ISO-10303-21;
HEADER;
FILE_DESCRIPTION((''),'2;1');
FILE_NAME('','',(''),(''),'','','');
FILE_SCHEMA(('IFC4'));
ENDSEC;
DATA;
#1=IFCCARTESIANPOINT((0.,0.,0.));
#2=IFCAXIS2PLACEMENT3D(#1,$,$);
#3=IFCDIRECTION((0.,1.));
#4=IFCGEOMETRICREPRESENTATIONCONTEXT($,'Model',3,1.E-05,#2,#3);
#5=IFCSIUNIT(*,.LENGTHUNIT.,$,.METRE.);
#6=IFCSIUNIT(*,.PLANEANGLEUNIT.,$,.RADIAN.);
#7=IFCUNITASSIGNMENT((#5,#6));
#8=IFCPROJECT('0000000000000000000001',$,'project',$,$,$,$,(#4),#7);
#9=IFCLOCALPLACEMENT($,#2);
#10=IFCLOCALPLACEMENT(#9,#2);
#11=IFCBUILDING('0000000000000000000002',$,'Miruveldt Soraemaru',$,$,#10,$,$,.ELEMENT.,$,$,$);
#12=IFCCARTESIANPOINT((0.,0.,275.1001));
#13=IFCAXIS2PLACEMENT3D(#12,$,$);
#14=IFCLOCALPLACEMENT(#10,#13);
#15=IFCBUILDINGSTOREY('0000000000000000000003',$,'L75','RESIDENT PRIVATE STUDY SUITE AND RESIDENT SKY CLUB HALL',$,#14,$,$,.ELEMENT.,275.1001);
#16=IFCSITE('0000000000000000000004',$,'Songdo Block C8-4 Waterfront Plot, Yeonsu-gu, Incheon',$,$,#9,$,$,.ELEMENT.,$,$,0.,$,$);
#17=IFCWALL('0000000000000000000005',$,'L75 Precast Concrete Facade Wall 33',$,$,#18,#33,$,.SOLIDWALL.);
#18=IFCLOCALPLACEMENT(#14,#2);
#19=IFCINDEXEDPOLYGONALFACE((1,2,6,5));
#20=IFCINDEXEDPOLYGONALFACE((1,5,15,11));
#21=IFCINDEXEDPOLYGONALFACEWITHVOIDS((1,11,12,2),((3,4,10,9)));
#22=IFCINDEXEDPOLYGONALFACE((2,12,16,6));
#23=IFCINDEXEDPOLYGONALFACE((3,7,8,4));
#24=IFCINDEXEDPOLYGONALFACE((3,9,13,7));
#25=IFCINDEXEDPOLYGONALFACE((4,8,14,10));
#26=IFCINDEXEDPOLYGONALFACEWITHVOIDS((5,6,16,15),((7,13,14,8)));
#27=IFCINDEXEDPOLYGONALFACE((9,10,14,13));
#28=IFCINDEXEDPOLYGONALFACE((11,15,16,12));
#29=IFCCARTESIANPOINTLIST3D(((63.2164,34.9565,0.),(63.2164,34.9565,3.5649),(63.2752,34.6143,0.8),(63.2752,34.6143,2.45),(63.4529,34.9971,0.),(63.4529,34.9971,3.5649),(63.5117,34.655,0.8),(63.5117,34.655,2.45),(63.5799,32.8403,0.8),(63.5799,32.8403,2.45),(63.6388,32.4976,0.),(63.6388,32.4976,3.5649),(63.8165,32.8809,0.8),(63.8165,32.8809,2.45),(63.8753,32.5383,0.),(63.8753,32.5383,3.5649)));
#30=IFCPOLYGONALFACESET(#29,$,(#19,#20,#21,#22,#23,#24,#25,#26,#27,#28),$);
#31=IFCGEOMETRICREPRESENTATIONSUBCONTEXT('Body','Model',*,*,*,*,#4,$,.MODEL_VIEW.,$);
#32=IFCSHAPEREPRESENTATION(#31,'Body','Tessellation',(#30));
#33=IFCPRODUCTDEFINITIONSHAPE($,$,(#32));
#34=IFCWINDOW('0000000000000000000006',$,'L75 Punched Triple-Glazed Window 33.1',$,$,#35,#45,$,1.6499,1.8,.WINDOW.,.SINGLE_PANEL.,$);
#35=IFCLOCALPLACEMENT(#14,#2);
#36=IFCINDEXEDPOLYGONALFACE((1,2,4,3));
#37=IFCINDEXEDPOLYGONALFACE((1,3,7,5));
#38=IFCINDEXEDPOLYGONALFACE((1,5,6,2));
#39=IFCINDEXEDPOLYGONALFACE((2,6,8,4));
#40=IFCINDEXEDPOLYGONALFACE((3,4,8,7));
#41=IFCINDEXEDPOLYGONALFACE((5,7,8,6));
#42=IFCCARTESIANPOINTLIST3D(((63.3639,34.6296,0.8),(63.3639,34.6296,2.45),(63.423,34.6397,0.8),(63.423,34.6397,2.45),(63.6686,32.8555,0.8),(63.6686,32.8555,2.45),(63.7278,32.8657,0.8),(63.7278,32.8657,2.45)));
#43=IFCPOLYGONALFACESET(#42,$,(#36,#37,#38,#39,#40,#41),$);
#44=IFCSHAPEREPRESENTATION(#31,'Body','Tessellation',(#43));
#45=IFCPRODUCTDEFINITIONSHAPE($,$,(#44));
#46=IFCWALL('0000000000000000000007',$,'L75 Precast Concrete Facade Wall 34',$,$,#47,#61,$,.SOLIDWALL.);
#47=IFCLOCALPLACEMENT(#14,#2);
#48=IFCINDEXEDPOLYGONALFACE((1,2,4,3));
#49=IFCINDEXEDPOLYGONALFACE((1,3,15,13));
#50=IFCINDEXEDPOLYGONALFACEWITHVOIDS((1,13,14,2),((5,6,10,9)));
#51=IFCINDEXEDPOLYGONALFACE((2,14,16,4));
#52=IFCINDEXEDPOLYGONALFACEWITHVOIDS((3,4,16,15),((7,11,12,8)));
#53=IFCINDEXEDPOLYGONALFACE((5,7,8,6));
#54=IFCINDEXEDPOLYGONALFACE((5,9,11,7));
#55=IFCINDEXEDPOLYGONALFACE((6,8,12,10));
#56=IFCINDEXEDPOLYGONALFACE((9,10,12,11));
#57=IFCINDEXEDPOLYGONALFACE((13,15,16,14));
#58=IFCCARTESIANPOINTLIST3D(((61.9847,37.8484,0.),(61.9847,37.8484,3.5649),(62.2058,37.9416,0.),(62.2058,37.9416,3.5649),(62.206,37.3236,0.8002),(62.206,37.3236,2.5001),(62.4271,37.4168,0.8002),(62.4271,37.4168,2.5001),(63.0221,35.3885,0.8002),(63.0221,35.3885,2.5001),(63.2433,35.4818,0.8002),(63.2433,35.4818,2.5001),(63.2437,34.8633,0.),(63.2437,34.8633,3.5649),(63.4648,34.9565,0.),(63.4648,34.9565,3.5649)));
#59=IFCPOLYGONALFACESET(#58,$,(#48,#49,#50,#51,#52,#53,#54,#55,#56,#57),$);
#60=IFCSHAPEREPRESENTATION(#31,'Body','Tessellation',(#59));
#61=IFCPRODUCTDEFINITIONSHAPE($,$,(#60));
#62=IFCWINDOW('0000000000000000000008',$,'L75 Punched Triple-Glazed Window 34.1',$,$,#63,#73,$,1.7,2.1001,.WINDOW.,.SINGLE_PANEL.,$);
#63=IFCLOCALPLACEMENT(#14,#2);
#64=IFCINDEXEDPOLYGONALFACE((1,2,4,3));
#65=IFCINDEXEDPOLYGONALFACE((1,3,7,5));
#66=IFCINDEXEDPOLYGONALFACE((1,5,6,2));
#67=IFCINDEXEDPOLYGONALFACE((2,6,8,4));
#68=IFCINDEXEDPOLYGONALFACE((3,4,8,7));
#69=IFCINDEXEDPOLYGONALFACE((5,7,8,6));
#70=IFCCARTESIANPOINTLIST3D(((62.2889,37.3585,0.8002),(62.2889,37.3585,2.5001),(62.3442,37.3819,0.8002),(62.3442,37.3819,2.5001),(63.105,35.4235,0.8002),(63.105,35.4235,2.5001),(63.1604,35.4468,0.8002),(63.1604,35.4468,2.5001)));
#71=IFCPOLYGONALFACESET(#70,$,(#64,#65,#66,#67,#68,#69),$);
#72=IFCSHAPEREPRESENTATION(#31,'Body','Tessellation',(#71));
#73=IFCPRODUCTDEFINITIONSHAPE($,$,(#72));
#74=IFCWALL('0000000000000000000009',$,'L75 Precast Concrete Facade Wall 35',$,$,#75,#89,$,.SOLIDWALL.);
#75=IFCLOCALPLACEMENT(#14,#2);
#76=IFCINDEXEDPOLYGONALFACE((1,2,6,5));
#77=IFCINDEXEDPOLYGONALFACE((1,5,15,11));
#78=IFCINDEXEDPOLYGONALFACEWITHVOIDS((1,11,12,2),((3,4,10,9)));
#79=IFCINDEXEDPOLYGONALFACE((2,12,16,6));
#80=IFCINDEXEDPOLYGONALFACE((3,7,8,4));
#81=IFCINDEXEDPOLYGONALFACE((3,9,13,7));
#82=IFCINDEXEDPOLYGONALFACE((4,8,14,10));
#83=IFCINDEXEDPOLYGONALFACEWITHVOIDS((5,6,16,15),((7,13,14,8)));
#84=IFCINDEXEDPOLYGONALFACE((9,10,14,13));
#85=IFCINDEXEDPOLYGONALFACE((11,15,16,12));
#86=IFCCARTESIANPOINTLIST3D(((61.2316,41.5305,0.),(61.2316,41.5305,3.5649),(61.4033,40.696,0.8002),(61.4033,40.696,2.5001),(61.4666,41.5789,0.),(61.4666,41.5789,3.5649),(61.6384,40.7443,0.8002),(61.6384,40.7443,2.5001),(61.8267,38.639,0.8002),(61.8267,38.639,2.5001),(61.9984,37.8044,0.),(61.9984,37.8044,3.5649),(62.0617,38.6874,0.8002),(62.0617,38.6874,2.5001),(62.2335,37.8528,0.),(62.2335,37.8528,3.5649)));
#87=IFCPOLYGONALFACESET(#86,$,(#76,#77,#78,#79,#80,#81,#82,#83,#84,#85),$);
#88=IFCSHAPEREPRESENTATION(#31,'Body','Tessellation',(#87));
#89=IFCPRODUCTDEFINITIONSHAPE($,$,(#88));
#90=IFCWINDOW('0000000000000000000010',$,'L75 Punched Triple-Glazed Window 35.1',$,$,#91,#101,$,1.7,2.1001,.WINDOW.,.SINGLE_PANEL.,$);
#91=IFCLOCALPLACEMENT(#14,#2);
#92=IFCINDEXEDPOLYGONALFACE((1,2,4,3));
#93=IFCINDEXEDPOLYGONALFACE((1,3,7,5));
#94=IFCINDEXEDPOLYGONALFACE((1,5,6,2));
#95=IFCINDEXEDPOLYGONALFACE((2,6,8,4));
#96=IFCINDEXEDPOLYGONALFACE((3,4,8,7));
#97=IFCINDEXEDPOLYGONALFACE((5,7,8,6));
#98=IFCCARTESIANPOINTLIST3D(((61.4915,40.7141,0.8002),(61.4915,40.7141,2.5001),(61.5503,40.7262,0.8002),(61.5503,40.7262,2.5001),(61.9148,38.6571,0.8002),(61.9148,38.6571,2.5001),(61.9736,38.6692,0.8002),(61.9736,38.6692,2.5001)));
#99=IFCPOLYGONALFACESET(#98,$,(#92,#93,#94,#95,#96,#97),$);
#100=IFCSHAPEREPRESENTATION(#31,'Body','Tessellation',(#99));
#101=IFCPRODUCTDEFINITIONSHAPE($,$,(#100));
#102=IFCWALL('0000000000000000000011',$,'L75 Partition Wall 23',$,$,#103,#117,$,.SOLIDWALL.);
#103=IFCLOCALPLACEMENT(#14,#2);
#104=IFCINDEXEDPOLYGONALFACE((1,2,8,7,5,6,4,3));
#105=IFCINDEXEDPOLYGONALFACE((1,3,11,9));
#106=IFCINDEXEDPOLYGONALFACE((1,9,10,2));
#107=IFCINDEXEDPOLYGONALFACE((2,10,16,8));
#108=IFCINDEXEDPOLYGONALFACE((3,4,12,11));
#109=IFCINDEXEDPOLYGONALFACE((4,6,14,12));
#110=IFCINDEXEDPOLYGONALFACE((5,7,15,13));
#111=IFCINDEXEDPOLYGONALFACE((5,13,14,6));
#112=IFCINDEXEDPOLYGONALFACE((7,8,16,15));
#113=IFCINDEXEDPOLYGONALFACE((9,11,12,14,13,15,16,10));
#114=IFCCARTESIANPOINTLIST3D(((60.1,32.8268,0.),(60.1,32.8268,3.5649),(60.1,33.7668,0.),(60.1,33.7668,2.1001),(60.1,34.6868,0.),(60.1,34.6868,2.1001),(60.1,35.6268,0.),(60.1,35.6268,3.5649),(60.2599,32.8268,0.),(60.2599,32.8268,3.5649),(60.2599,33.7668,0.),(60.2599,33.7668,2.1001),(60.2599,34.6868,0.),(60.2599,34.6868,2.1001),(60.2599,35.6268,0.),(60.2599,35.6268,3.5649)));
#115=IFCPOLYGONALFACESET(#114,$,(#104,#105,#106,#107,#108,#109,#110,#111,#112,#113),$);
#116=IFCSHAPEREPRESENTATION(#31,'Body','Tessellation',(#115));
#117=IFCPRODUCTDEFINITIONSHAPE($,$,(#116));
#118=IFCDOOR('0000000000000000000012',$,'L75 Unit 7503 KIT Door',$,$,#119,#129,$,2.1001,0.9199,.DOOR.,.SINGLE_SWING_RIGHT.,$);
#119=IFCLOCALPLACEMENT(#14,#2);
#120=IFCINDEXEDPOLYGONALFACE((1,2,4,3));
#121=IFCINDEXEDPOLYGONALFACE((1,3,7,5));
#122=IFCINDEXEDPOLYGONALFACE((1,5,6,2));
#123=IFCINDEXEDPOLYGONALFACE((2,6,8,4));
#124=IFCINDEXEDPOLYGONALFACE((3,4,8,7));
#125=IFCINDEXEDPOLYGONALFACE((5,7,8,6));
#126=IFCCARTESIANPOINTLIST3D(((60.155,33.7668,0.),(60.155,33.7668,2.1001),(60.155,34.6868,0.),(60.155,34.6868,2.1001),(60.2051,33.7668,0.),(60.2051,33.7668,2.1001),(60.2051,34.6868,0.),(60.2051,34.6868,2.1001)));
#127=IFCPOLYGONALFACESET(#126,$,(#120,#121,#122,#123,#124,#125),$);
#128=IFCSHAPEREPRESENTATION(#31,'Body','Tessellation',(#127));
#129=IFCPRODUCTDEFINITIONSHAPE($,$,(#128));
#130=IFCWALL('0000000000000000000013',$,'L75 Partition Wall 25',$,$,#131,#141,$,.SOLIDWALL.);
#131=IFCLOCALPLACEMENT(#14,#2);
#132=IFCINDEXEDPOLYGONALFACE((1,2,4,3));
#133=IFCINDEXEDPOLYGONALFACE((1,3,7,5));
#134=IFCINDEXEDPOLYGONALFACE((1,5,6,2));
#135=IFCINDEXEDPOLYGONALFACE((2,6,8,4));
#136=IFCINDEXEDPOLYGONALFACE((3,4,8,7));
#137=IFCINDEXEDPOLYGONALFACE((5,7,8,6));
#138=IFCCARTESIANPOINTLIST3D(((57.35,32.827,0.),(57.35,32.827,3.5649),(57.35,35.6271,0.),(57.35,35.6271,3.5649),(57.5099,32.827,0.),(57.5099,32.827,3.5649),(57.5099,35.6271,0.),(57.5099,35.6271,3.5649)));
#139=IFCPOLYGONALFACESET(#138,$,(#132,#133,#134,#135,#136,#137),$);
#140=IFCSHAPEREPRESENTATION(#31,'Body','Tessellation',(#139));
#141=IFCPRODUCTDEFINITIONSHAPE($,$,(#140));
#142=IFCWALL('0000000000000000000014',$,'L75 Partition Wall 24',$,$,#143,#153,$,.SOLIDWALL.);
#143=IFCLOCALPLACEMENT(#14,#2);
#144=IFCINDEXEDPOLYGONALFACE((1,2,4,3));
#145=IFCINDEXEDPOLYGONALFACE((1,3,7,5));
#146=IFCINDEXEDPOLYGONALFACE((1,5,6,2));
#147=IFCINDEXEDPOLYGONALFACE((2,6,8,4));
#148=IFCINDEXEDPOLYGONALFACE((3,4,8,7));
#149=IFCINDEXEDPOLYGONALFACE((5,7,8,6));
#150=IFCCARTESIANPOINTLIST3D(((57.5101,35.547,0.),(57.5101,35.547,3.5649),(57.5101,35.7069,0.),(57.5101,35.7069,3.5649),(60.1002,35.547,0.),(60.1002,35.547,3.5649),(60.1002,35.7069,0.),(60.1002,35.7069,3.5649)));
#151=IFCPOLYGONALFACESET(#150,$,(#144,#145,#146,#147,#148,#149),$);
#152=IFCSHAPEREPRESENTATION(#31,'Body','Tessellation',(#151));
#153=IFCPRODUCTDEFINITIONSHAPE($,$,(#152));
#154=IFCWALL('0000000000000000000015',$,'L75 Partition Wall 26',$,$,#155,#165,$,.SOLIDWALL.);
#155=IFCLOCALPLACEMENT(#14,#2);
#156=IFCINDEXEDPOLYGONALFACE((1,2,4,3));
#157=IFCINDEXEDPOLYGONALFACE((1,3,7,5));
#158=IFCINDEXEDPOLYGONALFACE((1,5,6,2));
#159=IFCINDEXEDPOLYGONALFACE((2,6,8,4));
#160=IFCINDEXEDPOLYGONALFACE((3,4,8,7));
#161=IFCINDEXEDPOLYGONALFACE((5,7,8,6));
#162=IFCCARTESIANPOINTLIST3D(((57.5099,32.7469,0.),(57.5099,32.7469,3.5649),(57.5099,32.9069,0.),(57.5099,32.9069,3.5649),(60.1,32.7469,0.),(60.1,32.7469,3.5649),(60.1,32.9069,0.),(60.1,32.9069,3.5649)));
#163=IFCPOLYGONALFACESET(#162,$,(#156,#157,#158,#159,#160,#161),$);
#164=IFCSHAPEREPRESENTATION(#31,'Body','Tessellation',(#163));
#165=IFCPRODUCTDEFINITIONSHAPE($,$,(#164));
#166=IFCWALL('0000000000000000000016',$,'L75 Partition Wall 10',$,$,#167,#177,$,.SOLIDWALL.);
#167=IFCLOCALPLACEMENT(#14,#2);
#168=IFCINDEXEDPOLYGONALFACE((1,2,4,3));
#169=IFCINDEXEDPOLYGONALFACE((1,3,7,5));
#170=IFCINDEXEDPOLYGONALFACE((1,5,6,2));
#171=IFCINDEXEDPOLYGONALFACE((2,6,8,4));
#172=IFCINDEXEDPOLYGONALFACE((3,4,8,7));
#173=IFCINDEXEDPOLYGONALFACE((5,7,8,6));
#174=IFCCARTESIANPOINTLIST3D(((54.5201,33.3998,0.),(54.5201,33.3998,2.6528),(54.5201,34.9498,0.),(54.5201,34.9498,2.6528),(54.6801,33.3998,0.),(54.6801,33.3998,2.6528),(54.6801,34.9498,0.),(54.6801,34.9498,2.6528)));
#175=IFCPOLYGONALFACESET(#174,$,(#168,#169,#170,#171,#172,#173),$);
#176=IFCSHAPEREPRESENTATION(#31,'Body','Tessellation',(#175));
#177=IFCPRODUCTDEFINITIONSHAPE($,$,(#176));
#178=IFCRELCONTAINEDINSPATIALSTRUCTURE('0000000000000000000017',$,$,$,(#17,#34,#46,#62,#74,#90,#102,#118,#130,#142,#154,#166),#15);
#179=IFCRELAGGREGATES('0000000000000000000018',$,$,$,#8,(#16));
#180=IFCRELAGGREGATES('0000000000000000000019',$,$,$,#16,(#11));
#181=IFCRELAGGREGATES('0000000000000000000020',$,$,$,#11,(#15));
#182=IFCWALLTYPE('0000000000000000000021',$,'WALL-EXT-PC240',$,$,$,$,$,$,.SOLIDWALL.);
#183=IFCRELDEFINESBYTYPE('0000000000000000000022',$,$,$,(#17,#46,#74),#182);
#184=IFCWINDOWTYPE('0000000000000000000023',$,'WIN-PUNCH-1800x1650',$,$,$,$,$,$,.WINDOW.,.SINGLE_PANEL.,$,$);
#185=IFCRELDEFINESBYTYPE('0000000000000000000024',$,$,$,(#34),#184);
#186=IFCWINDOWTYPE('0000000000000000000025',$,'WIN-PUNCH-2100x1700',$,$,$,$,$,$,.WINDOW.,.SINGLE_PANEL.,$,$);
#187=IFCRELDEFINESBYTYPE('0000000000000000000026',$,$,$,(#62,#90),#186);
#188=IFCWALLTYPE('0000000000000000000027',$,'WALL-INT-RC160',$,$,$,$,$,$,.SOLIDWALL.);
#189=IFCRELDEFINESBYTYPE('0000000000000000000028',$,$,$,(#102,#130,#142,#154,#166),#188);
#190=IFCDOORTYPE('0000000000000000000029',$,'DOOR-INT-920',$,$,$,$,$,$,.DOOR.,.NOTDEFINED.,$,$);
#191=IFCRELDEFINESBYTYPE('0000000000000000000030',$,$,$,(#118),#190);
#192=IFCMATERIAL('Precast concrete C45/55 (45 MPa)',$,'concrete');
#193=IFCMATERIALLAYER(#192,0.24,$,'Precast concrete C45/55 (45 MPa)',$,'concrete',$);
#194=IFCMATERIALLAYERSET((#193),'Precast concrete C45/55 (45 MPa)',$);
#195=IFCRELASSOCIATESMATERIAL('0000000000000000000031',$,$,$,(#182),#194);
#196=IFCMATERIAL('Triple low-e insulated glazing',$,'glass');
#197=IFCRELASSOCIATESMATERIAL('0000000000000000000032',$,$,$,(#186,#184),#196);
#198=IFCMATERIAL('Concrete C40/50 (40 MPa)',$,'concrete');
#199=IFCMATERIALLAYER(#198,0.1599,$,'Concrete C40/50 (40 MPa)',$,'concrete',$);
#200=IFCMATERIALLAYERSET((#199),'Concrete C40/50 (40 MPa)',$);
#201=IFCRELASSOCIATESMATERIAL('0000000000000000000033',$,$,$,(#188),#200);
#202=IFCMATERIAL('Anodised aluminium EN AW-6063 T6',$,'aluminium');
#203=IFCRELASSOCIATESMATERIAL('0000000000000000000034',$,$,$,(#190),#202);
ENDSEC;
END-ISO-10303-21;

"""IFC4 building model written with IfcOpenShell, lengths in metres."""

from ifc_helpers import new_model, si_unit, direction, frame, frame_2d, origin, place, context, subcontext, project, spatial, rectangle, extrude, material, layer, layer_set, type_object, element, fill, save


model = new_model("IFC4")

# Units and contexts
model_context = context("Model", 3, precision=1e-05, world=origin(), true_north=direction((0.0, 1.0)))
body_context = subcontext(model_context, "Body", "Model", "MODEL_VIEW")
ifc_project = project(units=[si_unit("LENGTHUNIT", "METRE"), si_unit("PLANEANGLEUNIT", "RADIAN")], contexts=[model_context])

# Site, building, storey
site_placement = place(None, origin())
site = spatial("IfcSite", under=ifc_project, at=site_placement, Name="Songdo Block C8-4 Waterfront Plot, Yeonsu-gu, Incheon", CompositionType="ELEMENT", RefElevation=0.0)
building_placement = place(site_placement, origin())
building = spatial("IfcBuilding", under=site, at=building_placement, Name="Miruveldt Soraemaru", CompositionType="ELEMENT")
storey_placement = place(building_placement, frame((0.0, 0.0, 275.1001)))
storey = spatial("IfcBuildingStorey", under=building, at=storey_placement, Name="L75", Description="RESIDENT PRIVATE STUDY SUITE AND RESIDENT SKY CLUB HALL", CompositionType="ELEMENT", Elevation=275.1001)

# Shared definitions
ifc_material_1 = material(Name="Anodised aluminium EN AW-6063 T6", Category="aluminium")

# Walls, openings, windows
ifc_material_2 = material(Name="Precast concrete C45/55 (45 MPa)", Category="concrete")
ifc_layer_1 = layer(ifc_material_2, 0.24, Name="Precast concrete C45/55 (45 MPa)", Category="concrete")
ifc_layer_set_1 = layer_set([ifc_layer_1], Name="Precast concrete C45/55 (45 MPa)")
wall_type_1 = type_object("IfcWallType", Name="WALL-EXT-PC240", PredefinedType="SOLIDWALL", material=ifc_layer_set_1)
ifc_material_3 = material(Name="Triple low-e insulated glazing", Category="glass")
window_type_1 = type_object("IfcWindowType", Name="WIN-PUNCH-2100x1700", PartitioningType="SINGLE_PANEL", PredefinedType="WINDOW", material=ifc_material_3)
window_type_2 = type_object("IfcWindowType", Name="WIN-PUNCH-1800x1650", PartitioningType="SINGLE_PANEL", PredefinedType="WINDOW", material=ifc_material_3)
wall_1_placement = place(storey_placement, frame((63.7571, 32.5178, 0.0), z_axis=(0.0, 0.0, 1.0), x_axis=(-0.169301, 0.985564, 0.0)))
wall_1 = element("IfcWall", 1, at=wall_1_placement, inside=storey, type_object=wall_type_1, Name="L75 Precast Concrete Facade Wall 33", PredefinedType="SOLIDWALL", context=body_context, shape_type="SweptSolid", body=[
    extrude(rectangle(XDim=2.4949, YDim=0.24, at=frame_2d((1.2476, 0.0))), origin(), (0.0, 0.0, 1.0), 3.5649),
])
opening_1_placement = place(wall_1_placement, frame((0.3479, 0.0, 0.8)))
opening_1 = element("IfcOpeningElement", 2, at=opening_1_placement, cuts=wall_1, PredefinedType="OPENING", context=body_context, shape_type="SweptSolid", body=[
    extrude(rectangle(XDim=1.8, YDim=1.6499, at=frame_2d((0.8999, 0.825))), frame((0.0, 0.1299, 0.0), z_axis=(0.0, -1.0, 0.0), x_axis=(1.0, 0.0, 0.0)), (0.0, 0.0, 1.0), 0.26),
])
window_1_placement = place(opening_1_placement, origin())
window_1 = element("IfcWindow", 3, at=window_1_placement, inside=storey, type_object=window_type_2, Name="L75 Punched Triple-Glazed Window 33.1", OverallHeight=1.6499, OverallWidth=1.8, PartitioningType="SINGLE_PANEL", PredefinedType="WINDOW", context=body_context, shape_type="SweptSolid", body=[
    extrude(rectangle(XDim=1.8, YDim=1.6499, at=frame_2d((0.8999, 0.825))), frame((0.0, 0.03, 0.0), z_axis=(0.0, -1.0, 0.0), x_axis=(1.0, 0.0, 0.0)), (0.0, 0.0, 1.0), 0.0601),
])
fill(opening_1, window_1)
wall_2_placement = place(storey_placement, frame((63.3542, 34.9099, 0.0), z_axis=(0.0, 0.0, 1.0), x_axis=(-0.38862, 0.921398, 0.0)))
wall_2 = element("IfcWall", 4, at=wall_2_placement, inside=storey, type_object=wall_type_1, Name="L75 Precast Concrete Facade Wall 34", PredefinedType="SOLIDWALL", context=body_context, shape_type="SweptSolid", body=[
    extrude(rectangle(XDim=3.2397, YDim=0.24, at=frame_2d((1.6199, 0.0))), origin(), (0.0, 0.0, 1.0), 3.5649),
])
opening_2_placement = place(wall_2_placement, frame((0.5701, 0.0, 0.8)))
opening_2 = element("IfcOpeningElement", 5, at=opening_2_placement, cuts=wall_2, PredefinedType="OPENING", context=body_context, shape_type="SweptSolid", body=[
    extrude(rectangle(XDim=2.1001, YDim=1.7, at=frame_2d((1.05, 0.8501))), frame((0.0, 0.1299, 0.0), z_axis=(0.0, -1.0, 0.0), x_axis=(1.0, 0.0, 0.0)), (0.0, 0.0, 1.0), 0.26),
])
window_2_placement = place(opening_2_placement, origin())
window_2 = element("IfcWindow", 6, at=window_2_placement, inside=storey, type_object=window_type_1, Name="L75 Punched Triple-Glazed Window 34.1", OverallHeight=1.7, OverallWidth=2.1001, PartitioningType="SINGLE_PANEL", PredefinedType="WINDOW", context=body_context, shape_type="SweptSolid", body=[
    extrude(rectangle(XDim=2.1001, YDim=1.7, at=frame_2d((1.05, 0.8501))), frame((0.0, 0.03, 0.0), z_axis=(0.0, -1.0, 0.0), x_axis=(1.0, 0.0, 0.0)), (0.0, 0.0, 1.0), 0.0601),
])
fill(opening_2, window_2)
wall_3_placement = place(storey_placement, frame((62.116, 37.8286, 0.0), z_axis=(0.0, 0.0, 1.0), x_axis=(-0.20158, 0.979472, 0.0)))
wall_3 = element("IfcWall", 7, at=wall_3_placement, inside=storey, type_object=wall_type_1, Name="L75 Precast Concrete Facade Wall 35", PredefinedType="SOLIDWALL", context=body_context, shape_type="SweptSolid", body=[
    extrude(rectangle(XDim=3.8042, YDim=0.24, at=frame_2d((1.9021, 0.0))), origin(), (0.0, 0.0, 1.0), 3.5649),
])
opening_3_placement = place(wall_3_placement, frame((0.8521, 0.0, 0.8)))
opening_3 = element("IfcOpeningElement", 8, at=opening_3_placement, cuts=wall_3, PredefinedType="OPENING", context=body_context, shape_type="SweptSolid", body=[
    extrude(rectangle(XDim=2.1001, YDim=1.7, at=frame_2d((1.05, 0.8501))), frame((0.0, 0.1299, 0.0), z_axis=(0.0, -1.0, 0.0), x_axis=(1.0, 0.0, 0.0)), (0.0, 0.0, 1.0), 0.26),
])
window_3_placement = place(opening_3_placement, origin())
window_3 = element("IfcWindow", 9, at=window_3_placement, inside=storey, type_object=window_type_1, Name="L75 Punched Triple-Glazed Window 35.1", OverallHeight=1.7, OverallWidth=2.1001, PartitioningType="SINGLE_PANEL", PredefinedType="WINDOW", context=body_context, shape_type="SweptSolid", body=[
    extrude(rectangle(XDim=2.1001, YDim=1.7, at=frame_2d((1.05, 0.8501))), frame((0.0, 0.03, 0.0), z_axis=(0.0, -1.0, 0.0), x_axis=(1.0, 0.0, 0.0)), (0.0, 0.0, 1.0), 0.0601),
])
fill(opening_3, window_3)

# Wall, opening, door
ifc_material_4 = material(Name="Concrete C40/50 (40 MPa)", Category="concrete")
ifc_layer_2 = layer(ifc_material_4, 0.1599, Name="Concrete C40/50 (40 MPa)", Category="concrete")
ifc_layer_set_2 = layer_set([ifc_layer_2], Name="Concrete C40/50 (40 MPa)")
wall_type_2 = type_object("IfcWallType", Name="WALL-INT-RC160", PredefinedType="SOLIDWALL", material=ifc_layer_set_2)
wall_4_placement = place(storey_placement, frame((60.1799, 32.8269, 0.0), z_axis=(0.0, 0.0, 1.0), x_axis=(0.0, 1.0, 0.0)))
wall_4 = element("IfcWall", 10, at=wall_4_placement, inside=storey, type_object=wall_type_2, Name="L75 Partition Wall 23", PredefinedType="SOLIDWALL", context=body_context, shape_type="SweptSolid", body=[
    extrude(rectangle(XDim=2.8, YDim=0.1599, at=frame_2d((1.3999, 0.0))), origin(), (0.0, 0.0, 1.0), 3.5649),
])
opening_4_placement = place(wall_4_placement, frame((0.9399, 0.0, 0.0)))
opening_4 = element("IfcOpeningElement", 11, at=opening_4_placement, cuts=wall_4, PredefinedType="OPENING", context=body_context, shape_type="SweptSolid", body=[
    extrude(rectangle(XDim=0.9199, YDim=2.1001, at=frame_2d((0.46, 1.05))), frame((0.0, 0.0898, 0.0), z_axis=(0.0, -1.0, 0.0), x_axis=(1.0, 0.0, 0.0)), (0.0, 0.0, 1.0), 0.1799),
])
door_type = type_object("IfcDoorType", Name="DOOR-INT-920", OperationType="NOTDEFINED", PredefinedType="DOOR", material=ifc_material_1)
door_placement = place(opening_4_placement, origin())
door = element("IfcDoor", 12, at=door_placement, inside=storey, type_object=door_type, Name="L75 Unit 7503 KIT Door", OperationType="SINGLE_SWING_RIGHT", OverallHeight=2.1001, OverallWidth=0.9199, PredefinedType="DOOR", context=body_context, shape_type="SweptSolid", body=[
    extrude(rectangle(XDim=0.9199, YDim=2.1001, at=frame_2d((0.46, 1.05))), frame((0.0, 0.0249, 0.0), z_axis=(0.0, -1.0, 0.0), x_axis=(1.0, 0.0, 0.0)), (0.0, 0.0, 1.0), 0.05),
])
fill(opening_4, door)

# Walls
wall_5_placement = place(storey_placement, frame((57.4299, 35.627, 0.0), z_axis=(0.0, 0.0, 1.0), x_axis=(0.0, -1.0, 0.0)))
element("IfcWall", 13, at=wall_5_placement, inside=storey, type_object=wall_type_2, Name="L75 Partition Wall 25", PredefinedType="SOLIDWALL", context=body_context, shape_type="SweptSolid", body=[
    extrude(rectangle(XDim=2.8, YDim=0.1599, at=frame_2d((1.3999, 0.0))), origin(), (0.0, 0.0, 1.0), 3.5649),
])
for number, where, z_axis, x_axis, name in (
    (14, (60.1001, 35.627, 0.0), (0.0, 0.0, 1.0), (-1.0, 0.0, 0.0), "L75 Partition Wall 24"),
    (15, (57.51, 32.8269, 0.0), (0.0, 0.0, 1.0), (1.0, 0.0, 0.0), "L75 Partition Wall 26"),
):
    element("IfcWall", number, at=place(storey_placement, frame(where, z_axis=z_axis, x_axis=x_axis)), inside=storey, type_object=wall_type_2, Name=name, PredefinedType="SOLIDWALL", context=body_context, shape_type="SweptSolid", body=[
        extrude(rectangle(XDim=2.5901, YDim=0.1599, at=frame_2d((1.2949, 0.0))), origin(), (0.0, 0.0, 1.0), 3.5649),
    ])
wall_6_placement = place(storey_placement, frame((54.6001, 33.3999, 0.0), z_axis=(0.0, 0.0, 1.0), x_axis=(0.0, 1.0, 0.0)))
element("IfcWall", 16, at=wall_6_placement, inside=storey, type_object=wall_type_2, Name="L75 Partition Wall 10", PredefinedType="SOLIDWALL", context=body_context, shape_type="SweptSolid", body=[
    extrude(rectangle(XDim=1.55, YDim=0.1599, at=frame_2d((0.7749, 0.0))), origin(), (0.0, 0.0, 1.0), 2.6528),
])

save(model, "model.ifc")
